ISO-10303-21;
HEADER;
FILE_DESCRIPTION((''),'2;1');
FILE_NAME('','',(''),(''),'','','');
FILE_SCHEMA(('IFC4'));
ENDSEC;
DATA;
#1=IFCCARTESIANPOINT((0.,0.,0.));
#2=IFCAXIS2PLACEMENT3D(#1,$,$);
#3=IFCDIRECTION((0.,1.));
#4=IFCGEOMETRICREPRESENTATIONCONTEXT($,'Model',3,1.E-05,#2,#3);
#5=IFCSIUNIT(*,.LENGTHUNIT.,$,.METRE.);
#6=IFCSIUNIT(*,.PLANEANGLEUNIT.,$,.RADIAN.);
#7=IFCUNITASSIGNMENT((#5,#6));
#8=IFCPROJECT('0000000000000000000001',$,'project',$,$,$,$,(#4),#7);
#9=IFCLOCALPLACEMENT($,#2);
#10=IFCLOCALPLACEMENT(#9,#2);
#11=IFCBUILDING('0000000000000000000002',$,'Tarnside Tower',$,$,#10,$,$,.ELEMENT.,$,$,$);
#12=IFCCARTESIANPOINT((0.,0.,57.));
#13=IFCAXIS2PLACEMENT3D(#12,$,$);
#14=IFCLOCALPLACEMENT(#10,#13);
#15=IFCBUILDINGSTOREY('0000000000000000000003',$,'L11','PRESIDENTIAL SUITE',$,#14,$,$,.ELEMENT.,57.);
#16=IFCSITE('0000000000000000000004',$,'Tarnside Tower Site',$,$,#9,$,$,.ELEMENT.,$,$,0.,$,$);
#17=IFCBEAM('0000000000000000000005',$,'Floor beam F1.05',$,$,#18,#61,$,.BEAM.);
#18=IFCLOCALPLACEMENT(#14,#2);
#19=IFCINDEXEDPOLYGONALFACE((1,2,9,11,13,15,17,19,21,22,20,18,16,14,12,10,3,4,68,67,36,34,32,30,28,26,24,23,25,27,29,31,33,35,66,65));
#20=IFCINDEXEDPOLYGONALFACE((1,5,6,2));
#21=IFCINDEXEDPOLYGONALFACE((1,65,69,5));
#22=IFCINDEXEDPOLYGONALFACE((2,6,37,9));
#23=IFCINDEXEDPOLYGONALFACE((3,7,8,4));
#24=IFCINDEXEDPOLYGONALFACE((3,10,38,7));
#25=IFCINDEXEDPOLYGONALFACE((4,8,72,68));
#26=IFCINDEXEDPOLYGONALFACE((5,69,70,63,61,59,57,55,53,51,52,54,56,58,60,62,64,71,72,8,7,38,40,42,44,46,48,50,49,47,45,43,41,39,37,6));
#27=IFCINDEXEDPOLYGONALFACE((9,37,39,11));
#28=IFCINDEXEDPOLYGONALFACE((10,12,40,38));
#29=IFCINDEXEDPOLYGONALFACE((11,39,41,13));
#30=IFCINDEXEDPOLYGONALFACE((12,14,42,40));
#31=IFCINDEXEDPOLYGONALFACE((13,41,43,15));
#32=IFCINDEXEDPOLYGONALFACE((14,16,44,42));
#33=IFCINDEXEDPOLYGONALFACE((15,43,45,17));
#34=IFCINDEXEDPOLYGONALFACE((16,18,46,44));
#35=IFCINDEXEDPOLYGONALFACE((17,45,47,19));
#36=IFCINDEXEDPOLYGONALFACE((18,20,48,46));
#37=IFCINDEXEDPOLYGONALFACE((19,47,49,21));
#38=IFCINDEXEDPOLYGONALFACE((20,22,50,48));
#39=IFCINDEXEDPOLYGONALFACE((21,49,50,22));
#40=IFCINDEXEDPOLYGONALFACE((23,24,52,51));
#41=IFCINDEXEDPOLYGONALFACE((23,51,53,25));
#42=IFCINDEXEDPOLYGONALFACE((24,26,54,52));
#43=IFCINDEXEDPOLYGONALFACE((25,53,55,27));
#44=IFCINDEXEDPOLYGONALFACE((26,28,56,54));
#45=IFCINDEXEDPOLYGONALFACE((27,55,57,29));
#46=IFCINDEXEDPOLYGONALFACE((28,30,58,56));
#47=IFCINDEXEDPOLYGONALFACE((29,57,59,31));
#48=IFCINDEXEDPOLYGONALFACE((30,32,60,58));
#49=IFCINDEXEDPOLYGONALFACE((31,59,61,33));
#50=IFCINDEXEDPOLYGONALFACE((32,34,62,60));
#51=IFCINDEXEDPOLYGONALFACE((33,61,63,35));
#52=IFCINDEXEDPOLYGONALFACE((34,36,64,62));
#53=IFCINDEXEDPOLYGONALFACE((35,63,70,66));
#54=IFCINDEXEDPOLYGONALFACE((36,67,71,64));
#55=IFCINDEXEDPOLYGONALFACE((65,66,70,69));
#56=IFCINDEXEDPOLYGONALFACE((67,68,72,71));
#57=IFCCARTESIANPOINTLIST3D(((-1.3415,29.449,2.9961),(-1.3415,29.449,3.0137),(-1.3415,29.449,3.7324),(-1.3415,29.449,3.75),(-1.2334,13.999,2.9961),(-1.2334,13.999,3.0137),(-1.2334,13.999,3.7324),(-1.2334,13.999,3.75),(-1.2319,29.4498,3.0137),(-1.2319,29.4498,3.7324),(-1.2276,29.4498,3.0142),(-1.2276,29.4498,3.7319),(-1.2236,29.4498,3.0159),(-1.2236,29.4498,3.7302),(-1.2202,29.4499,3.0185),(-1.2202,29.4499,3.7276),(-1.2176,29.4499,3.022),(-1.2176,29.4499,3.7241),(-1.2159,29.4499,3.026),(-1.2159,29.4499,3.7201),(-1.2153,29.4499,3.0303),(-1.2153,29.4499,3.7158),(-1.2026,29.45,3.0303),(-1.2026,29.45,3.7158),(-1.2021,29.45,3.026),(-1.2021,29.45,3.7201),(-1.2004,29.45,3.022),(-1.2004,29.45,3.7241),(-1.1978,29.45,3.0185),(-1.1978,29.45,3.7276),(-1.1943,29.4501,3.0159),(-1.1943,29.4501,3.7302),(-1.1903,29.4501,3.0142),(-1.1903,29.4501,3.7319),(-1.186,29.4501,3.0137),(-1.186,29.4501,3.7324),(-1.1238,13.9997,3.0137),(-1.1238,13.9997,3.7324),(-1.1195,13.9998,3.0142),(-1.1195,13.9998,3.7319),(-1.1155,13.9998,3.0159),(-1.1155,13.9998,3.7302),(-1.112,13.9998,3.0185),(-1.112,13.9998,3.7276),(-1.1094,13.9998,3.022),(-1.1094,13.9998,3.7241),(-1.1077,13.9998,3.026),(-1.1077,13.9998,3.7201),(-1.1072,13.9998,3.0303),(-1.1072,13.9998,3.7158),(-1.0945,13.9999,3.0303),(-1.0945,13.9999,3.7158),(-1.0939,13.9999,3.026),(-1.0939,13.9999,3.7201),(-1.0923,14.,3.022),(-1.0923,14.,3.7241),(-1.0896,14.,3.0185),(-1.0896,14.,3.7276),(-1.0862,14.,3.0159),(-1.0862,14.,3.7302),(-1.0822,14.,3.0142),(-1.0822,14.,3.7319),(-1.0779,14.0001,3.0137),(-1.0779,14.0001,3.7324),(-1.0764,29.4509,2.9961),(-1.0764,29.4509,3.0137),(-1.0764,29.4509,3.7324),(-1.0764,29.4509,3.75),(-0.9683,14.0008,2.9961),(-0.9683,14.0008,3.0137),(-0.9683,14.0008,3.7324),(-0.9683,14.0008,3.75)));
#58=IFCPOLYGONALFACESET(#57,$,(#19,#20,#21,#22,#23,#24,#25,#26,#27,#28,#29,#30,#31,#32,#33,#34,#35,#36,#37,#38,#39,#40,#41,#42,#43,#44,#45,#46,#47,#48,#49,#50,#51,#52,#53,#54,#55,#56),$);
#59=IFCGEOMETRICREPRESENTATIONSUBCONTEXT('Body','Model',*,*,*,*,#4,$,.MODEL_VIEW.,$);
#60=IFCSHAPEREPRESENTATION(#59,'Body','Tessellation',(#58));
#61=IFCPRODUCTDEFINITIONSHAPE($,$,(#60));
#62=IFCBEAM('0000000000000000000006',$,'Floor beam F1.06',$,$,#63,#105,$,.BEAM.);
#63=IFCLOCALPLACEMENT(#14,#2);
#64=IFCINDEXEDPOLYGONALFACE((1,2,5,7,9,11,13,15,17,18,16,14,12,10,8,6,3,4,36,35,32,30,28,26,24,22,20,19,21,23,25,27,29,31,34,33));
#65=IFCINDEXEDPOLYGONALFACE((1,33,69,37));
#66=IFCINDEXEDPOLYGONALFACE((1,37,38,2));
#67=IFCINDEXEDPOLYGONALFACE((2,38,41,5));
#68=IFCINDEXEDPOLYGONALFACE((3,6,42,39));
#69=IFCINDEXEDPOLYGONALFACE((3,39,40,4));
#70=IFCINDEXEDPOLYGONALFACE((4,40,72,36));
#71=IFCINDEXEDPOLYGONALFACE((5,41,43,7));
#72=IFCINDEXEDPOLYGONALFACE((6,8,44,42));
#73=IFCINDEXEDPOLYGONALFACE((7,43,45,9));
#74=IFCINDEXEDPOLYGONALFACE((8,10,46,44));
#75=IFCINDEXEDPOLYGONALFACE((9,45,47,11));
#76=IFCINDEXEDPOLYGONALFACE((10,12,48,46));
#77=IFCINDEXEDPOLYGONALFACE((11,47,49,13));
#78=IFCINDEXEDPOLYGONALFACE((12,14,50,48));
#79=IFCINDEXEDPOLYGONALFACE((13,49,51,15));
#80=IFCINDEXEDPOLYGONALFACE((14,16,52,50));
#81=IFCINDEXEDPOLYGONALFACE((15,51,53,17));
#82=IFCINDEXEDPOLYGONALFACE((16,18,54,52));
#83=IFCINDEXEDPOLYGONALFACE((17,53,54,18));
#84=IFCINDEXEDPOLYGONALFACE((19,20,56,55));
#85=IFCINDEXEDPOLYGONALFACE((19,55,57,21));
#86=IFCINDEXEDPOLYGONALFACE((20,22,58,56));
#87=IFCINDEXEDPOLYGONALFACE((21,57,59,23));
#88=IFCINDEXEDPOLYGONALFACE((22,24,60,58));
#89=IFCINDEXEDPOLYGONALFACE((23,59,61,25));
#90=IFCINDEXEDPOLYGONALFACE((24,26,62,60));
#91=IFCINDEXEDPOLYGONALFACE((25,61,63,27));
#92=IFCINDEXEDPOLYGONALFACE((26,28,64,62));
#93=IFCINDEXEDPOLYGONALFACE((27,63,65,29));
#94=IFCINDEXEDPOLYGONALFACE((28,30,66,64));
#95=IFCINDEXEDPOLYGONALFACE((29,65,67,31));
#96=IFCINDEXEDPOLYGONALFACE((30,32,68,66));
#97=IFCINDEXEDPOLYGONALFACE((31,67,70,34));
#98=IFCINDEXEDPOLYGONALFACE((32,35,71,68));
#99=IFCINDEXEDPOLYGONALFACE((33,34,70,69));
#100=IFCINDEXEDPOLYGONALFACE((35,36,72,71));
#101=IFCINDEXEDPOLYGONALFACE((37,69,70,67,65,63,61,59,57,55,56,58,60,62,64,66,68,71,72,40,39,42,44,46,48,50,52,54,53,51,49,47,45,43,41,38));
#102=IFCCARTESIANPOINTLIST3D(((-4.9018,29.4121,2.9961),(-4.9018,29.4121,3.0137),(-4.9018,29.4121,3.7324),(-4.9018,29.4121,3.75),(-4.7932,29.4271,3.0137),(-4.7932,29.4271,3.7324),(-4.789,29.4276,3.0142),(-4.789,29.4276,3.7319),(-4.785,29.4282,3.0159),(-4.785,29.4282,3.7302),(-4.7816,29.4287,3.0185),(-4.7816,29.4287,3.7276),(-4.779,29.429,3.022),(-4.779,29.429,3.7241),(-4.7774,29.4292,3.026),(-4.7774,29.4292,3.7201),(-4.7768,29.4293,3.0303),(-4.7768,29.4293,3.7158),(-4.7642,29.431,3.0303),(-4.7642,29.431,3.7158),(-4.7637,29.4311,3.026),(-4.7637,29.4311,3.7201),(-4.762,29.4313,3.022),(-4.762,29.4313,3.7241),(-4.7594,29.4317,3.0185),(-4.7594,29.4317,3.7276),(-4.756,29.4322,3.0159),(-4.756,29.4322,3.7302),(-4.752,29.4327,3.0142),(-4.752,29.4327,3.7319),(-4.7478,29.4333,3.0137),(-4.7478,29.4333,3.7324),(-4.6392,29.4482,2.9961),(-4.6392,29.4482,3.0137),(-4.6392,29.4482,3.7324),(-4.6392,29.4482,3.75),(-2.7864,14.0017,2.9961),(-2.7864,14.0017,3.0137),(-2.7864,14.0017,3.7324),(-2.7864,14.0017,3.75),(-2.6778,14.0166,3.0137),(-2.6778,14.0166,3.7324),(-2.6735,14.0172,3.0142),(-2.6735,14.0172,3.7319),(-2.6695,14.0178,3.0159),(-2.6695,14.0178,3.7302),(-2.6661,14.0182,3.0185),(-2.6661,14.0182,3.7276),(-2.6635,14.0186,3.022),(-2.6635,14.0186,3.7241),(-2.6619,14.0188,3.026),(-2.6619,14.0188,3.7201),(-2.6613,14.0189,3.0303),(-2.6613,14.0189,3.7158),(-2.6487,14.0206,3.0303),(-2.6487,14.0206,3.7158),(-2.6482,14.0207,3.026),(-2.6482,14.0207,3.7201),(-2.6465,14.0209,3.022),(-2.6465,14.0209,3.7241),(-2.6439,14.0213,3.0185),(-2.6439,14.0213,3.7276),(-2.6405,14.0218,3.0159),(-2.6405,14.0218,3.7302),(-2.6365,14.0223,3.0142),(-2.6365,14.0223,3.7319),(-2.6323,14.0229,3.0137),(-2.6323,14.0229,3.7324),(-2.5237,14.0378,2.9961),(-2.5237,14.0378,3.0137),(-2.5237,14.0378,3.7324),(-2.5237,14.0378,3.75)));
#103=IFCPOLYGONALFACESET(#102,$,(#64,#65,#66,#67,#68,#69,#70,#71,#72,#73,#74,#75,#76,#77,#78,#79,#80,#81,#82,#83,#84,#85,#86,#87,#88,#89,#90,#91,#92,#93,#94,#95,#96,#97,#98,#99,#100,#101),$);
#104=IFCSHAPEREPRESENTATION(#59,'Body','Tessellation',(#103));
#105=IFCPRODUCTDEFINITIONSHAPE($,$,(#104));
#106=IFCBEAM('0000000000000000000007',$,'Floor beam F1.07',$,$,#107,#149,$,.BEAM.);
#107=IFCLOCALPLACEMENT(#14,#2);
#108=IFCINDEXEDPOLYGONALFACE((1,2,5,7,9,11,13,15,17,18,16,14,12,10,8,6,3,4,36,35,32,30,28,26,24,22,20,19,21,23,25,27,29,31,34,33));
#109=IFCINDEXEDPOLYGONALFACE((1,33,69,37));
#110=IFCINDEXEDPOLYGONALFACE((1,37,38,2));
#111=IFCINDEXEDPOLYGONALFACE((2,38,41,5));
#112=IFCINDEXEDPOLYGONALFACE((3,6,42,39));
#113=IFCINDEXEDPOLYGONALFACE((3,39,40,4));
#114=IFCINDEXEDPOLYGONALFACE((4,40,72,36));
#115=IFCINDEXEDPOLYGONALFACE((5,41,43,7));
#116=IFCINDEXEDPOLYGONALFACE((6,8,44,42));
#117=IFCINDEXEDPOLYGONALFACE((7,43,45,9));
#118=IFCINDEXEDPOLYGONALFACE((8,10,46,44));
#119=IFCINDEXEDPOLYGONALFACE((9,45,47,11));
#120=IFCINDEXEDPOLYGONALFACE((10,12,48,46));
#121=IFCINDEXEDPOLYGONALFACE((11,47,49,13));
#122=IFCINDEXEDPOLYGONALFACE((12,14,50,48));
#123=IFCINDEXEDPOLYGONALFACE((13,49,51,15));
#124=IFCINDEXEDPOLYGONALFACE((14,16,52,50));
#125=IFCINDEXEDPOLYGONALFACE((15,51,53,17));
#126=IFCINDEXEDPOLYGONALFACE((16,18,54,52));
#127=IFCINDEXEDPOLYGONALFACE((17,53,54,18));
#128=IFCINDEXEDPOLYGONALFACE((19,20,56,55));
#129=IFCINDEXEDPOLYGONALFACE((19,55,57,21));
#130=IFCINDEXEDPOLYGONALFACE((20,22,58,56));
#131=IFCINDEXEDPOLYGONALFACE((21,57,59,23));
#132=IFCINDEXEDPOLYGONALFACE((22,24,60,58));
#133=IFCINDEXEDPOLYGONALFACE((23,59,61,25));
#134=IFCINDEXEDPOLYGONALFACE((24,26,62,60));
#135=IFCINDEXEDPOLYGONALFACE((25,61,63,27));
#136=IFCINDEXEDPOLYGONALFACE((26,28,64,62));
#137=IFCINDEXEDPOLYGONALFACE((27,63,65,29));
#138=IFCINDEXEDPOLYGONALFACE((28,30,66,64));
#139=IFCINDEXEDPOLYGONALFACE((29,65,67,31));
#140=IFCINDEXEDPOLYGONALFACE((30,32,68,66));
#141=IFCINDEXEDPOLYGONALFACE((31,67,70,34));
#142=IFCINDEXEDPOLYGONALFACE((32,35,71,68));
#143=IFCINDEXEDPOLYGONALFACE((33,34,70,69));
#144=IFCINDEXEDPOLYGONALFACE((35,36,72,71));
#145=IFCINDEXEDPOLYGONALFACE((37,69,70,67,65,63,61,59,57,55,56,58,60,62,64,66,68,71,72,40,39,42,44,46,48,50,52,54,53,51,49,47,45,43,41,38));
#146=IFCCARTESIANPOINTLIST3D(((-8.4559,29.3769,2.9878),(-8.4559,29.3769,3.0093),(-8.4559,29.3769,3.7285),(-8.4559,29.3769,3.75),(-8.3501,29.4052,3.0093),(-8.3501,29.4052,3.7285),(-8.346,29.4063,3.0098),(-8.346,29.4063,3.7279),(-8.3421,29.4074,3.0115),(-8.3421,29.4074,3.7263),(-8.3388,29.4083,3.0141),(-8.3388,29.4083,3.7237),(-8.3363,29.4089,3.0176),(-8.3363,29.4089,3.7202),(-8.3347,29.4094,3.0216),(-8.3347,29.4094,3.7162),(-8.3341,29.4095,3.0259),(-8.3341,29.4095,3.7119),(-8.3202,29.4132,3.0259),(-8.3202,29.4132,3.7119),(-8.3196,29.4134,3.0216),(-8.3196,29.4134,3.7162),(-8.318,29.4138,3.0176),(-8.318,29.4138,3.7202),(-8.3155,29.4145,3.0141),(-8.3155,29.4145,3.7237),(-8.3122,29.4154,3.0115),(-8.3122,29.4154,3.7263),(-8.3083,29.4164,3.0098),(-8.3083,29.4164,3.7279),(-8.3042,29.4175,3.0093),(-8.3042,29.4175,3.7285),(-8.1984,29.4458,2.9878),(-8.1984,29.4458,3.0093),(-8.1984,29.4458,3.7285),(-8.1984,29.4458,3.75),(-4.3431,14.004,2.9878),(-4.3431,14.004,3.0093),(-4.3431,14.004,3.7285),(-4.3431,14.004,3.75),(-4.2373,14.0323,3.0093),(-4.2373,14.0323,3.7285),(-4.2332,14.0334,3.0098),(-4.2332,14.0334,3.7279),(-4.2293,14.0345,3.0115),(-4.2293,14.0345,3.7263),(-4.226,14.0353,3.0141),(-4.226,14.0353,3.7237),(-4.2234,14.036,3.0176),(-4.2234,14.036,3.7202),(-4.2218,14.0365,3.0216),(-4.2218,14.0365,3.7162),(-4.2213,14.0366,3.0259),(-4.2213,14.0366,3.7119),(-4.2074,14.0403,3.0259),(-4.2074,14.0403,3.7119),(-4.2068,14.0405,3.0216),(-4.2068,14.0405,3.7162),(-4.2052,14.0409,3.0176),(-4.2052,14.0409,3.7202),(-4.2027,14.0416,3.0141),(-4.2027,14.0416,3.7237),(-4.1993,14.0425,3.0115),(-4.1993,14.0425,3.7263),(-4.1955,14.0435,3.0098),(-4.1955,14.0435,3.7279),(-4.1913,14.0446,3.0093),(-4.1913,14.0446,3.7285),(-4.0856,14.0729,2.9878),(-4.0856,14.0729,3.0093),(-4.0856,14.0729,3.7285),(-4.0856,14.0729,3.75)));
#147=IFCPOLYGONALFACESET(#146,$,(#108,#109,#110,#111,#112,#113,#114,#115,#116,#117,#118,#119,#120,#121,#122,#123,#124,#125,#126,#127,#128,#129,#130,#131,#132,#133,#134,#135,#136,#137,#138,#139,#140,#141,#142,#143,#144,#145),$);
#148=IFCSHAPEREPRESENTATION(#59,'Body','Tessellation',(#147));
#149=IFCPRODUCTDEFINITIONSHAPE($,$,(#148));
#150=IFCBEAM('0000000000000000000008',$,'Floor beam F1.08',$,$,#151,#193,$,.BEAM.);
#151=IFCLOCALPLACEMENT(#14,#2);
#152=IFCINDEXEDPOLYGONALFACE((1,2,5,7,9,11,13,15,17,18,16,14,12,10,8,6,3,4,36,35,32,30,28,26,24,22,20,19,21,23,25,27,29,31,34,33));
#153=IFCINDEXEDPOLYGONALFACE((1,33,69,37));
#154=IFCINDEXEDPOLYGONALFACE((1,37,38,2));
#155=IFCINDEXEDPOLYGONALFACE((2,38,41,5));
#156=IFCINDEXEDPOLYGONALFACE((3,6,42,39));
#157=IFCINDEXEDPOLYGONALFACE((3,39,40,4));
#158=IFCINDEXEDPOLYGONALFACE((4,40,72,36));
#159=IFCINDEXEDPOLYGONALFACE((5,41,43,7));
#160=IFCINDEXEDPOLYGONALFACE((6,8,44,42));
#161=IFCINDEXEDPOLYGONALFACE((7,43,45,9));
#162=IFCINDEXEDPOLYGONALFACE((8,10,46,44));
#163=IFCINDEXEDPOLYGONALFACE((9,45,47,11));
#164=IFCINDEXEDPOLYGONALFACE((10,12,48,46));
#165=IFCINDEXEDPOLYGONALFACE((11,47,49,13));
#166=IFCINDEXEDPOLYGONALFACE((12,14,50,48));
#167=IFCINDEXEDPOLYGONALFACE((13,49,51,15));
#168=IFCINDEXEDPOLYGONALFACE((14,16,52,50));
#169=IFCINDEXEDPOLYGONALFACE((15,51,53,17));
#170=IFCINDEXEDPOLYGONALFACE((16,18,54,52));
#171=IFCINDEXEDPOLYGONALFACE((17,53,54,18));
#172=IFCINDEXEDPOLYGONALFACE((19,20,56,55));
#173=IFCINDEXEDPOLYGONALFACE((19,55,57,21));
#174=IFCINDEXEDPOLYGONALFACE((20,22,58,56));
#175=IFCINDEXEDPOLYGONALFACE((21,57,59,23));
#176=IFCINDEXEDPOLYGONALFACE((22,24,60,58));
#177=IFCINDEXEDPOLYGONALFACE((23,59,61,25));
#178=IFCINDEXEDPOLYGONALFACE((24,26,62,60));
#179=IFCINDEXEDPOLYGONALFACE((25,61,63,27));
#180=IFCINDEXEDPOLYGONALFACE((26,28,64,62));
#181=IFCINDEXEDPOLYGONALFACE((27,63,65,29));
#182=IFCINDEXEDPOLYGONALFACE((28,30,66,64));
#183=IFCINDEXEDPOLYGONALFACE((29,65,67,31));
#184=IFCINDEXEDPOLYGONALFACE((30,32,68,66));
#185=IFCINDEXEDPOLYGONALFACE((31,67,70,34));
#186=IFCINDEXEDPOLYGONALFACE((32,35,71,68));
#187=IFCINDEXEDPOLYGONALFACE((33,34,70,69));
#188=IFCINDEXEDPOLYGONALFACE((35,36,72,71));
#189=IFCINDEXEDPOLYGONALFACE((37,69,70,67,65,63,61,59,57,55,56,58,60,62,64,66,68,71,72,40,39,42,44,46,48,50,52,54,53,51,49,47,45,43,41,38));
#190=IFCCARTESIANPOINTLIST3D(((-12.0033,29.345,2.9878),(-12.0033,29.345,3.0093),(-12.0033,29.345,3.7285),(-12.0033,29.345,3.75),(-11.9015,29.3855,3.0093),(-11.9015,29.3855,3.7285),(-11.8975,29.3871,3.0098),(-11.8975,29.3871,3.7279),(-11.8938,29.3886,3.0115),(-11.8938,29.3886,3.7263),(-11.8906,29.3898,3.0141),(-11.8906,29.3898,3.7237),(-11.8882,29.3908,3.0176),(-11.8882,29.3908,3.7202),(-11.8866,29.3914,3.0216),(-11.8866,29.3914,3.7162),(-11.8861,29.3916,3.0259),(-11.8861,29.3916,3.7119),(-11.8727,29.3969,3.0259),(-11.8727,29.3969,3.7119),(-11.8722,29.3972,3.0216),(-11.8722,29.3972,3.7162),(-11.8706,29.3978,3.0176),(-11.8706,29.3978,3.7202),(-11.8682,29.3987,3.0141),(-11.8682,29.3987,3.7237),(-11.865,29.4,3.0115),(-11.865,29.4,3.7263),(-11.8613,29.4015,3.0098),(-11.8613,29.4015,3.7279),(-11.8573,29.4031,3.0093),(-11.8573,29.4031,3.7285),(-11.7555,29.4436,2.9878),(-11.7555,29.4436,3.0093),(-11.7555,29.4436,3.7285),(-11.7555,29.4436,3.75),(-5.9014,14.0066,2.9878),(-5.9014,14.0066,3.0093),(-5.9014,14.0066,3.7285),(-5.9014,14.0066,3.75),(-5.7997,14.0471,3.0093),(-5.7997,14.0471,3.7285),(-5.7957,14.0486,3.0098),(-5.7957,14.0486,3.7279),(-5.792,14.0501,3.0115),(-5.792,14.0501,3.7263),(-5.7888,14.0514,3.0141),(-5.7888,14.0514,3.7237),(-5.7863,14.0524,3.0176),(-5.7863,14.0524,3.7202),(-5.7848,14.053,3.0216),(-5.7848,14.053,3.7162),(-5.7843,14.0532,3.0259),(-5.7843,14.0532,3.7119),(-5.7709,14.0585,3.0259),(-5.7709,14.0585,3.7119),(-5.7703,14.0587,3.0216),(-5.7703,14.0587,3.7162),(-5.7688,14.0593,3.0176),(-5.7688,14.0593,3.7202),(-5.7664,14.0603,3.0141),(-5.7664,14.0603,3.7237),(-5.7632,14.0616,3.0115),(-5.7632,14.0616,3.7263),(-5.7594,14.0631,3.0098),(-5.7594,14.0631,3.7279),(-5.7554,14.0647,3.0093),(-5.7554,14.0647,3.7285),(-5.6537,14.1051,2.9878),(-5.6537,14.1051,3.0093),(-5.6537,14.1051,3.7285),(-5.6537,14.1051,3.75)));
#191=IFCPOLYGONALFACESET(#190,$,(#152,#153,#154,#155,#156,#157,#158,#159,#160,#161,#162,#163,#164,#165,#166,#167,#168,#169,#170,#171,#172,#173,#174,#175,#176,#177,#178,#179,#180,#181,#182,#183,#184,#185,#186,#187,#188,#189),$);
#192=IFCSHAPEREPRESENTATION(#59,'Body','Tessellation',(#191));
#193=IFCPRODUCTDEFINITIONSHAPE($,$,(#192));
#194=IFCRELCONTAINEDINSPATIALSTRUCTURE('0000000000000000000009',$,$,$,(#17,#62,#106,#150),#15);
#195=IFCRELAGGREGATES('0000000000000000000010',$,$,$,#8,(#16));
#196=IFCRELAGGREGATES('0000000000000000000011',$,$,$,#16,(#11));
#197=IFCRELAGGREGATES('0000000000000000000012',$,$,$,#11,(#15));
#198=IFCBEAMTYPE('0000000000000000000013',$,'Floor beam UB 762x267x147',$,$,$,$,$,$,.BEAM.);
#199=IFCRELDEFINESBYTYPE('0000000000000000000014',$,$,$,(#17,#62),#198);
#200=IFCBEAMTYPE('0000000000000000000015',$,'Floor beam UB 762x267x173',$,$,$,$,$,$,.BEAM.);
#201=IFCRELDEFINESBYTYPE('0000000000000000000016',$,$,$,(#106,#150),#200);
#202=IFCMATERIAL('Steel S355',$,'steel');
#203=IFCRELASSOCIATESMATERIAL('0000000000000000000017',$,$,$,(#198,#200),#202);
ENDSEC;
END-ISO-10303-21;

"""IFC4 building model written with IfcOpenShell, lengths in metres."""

from ifc_helpers import new_model, si_unit, direction, frame, origin, origin_2d, place, context, subcontext, project, spatial, i_section, extrude, material, material_profile, profile_set, type_object, element, save


model = new_model("IFC4")

# Units and contexts
model_context = context("Model", 3, precision=1e-05, world=origin(), true_north=direction((0.0, 1.0)))
body_context = subcontext(model_context, "Body", "Model", "MODEL_VIEW")
ifc_project = project(units=[si_unit("LENGTHUNIT", "METRE"), si_unit("PLANEANGLEUNIT", "RADIAN")], contexts=[model_context])

# Site, building, storey
site_placement = place(None, origin())
site = spatial("IfcSite", under=ifc_project, at=site_placement, Name="Tarnside Tower Site", CompositionType="ELEMENT", RefElevation=0.0)
building_placement = place(site_placement, origin())
building = spatial("IfcBuilding", under=site, at=building_placement, Name="Tarnside Tower", CompositionType="ELEMENT")
storey_placement = place(building_placement, frame((0.0, 0.0, 57.0)))
storey = spatial("IfcBuildingStorey", under=building, at=storey_placement, Name="L11", Description="PRESIDENTIAL SUITE", CompositionType="ELEMENT", Elevation=57.0)

# Beams
ifc_material_1 = material(Name="Steel S355", Category="steel")
ifc_material_profile_1 = material_profile(ifc_material_1, i_section(OverallWidth=0.2651, OverallDepth=0.7539, WebThickness=0.0127, FlangeThickness=0.0176, FilletRadius=0.0166, at=origin_2d()), Name="UB 762x267x147")
ifc_profile_set_1 = profile_set([ifc_material_profile_1], Name="Steel S355")
beam_type_1 = type_object("IfcBeamType", Name="Floor beam UB 762x267x147", PredefinedType="BEAM", material=ifc_profile_set_1)
beam_1_placement = place(storey_placement, frame((-1.209, 29.45, 3.373), z_axis=(0.007, -0.999975, 0.0), x_axis=(0.999975, 0.007, 0.0)))
element("IfcBeam", 1, at=beam_1_placement, inside=storey, type_object=beam_type_1, Name="Floor beam F1.05", PredefinedType="BEAM", context=body_context, shape_type="SweptSolid", body=[
    extrude(i_section(OverallWidth=0.2651, OverallDepth=0.7539, WebThickness=0.0127, FlangeThickness=0.0176, FilletRadius=0.0166, at=origin_2d()), origin(), (0.0, 0.0, 1.0), 15.4504),
])
beam_2_placement = place(storey_placement, frame((-4.7705, 29.4302, 3.373), z_axis=(0.136001, -0.990709, 0.0), x_axis=(0.990709, 0.136001, 0.0)))
element("IfcBeam", 2, at=beam_2_placement, inside=storey, type_object=beam_type_1, Name="Floor beam F1.06", PredefinedType="BEAM", context=body_context, shape_type="SweptSolid", body=[
    extrude(i_section(OverallWidth=0.2651, OverallDepth=0.7539, WebThickness=0.0127, FlangeThickness=0.0176, FilletRadius=0.0166, at=origin_2d()), origin(), (0.0, 0.0, 1.0), 15.5549),
])
ifc_material_profile_2 = material_profile(ifc_material_1, i_section(OverallWidth=0.2666, OverallDepth=0.7622, WebThickness=0.0144, FlangeThickness=0.0215, FilletRadius=0.0166, at=origin_2d()), Name="UB 762x267x173")
ifc_profile_set_2 = profile_set([ifc_material_profile_2], Name="Steel S355")
beam_type_2 = type_object("IfcBeamType", Name="Floor beam UB 762x267x173", PredefinedType="BEAM", material=ifc_profile_set_2)
beam_3_placement = place(storey_placement, frame((-8.3271, 29.4114, 3.3689), z_axis=(0.258447, -0.966025, 0.0), x_axis=(0.966025, 0.258447, 0.0)))
element("IfcBeam", 3, at=beam_3_placement, inside=storey, type_object=beam_type_2, Name="Floor beam F1.07", PredefinedType="BEAM", context=body_context, shape_type="SweptSolid", body=[
    extrude(i_section(OverallWidth=0.2666, OverallDepth=0.7622, WebThickness=0.0144, FlangeThickness=0.0215, FilletRadius=0.0166, at=origin_2d()), origin(), (0.0, 0.0, 1.0), 15.9136),
])
beam_4_placement = place(storey_placement, frame((-11.8794, 29.3943, 3.3689), z_axis=(0.369638, -0.929176, 0.0), x_axis=(0.929176, 0.369638, 0.0)))
element("IfcBeam", 4, at=beam_4_placement, inside=storey, type_object=beam_type_2, Name="Floor beam F1.08", PredefinedType="BEAM", context=body_context, shape_type="SweptSolid", body=[
    extrude(i_section(OverallWidth=0.2666, OverallDepth=0.7622, WebThickness=0.0144, FlangeThickness=0.0215, FilletRadius=0.0166, at=origin_2d()), origin(), (0.0, 0.0, 1.0), 16.5076),
])

save(model, "model.ifc")
